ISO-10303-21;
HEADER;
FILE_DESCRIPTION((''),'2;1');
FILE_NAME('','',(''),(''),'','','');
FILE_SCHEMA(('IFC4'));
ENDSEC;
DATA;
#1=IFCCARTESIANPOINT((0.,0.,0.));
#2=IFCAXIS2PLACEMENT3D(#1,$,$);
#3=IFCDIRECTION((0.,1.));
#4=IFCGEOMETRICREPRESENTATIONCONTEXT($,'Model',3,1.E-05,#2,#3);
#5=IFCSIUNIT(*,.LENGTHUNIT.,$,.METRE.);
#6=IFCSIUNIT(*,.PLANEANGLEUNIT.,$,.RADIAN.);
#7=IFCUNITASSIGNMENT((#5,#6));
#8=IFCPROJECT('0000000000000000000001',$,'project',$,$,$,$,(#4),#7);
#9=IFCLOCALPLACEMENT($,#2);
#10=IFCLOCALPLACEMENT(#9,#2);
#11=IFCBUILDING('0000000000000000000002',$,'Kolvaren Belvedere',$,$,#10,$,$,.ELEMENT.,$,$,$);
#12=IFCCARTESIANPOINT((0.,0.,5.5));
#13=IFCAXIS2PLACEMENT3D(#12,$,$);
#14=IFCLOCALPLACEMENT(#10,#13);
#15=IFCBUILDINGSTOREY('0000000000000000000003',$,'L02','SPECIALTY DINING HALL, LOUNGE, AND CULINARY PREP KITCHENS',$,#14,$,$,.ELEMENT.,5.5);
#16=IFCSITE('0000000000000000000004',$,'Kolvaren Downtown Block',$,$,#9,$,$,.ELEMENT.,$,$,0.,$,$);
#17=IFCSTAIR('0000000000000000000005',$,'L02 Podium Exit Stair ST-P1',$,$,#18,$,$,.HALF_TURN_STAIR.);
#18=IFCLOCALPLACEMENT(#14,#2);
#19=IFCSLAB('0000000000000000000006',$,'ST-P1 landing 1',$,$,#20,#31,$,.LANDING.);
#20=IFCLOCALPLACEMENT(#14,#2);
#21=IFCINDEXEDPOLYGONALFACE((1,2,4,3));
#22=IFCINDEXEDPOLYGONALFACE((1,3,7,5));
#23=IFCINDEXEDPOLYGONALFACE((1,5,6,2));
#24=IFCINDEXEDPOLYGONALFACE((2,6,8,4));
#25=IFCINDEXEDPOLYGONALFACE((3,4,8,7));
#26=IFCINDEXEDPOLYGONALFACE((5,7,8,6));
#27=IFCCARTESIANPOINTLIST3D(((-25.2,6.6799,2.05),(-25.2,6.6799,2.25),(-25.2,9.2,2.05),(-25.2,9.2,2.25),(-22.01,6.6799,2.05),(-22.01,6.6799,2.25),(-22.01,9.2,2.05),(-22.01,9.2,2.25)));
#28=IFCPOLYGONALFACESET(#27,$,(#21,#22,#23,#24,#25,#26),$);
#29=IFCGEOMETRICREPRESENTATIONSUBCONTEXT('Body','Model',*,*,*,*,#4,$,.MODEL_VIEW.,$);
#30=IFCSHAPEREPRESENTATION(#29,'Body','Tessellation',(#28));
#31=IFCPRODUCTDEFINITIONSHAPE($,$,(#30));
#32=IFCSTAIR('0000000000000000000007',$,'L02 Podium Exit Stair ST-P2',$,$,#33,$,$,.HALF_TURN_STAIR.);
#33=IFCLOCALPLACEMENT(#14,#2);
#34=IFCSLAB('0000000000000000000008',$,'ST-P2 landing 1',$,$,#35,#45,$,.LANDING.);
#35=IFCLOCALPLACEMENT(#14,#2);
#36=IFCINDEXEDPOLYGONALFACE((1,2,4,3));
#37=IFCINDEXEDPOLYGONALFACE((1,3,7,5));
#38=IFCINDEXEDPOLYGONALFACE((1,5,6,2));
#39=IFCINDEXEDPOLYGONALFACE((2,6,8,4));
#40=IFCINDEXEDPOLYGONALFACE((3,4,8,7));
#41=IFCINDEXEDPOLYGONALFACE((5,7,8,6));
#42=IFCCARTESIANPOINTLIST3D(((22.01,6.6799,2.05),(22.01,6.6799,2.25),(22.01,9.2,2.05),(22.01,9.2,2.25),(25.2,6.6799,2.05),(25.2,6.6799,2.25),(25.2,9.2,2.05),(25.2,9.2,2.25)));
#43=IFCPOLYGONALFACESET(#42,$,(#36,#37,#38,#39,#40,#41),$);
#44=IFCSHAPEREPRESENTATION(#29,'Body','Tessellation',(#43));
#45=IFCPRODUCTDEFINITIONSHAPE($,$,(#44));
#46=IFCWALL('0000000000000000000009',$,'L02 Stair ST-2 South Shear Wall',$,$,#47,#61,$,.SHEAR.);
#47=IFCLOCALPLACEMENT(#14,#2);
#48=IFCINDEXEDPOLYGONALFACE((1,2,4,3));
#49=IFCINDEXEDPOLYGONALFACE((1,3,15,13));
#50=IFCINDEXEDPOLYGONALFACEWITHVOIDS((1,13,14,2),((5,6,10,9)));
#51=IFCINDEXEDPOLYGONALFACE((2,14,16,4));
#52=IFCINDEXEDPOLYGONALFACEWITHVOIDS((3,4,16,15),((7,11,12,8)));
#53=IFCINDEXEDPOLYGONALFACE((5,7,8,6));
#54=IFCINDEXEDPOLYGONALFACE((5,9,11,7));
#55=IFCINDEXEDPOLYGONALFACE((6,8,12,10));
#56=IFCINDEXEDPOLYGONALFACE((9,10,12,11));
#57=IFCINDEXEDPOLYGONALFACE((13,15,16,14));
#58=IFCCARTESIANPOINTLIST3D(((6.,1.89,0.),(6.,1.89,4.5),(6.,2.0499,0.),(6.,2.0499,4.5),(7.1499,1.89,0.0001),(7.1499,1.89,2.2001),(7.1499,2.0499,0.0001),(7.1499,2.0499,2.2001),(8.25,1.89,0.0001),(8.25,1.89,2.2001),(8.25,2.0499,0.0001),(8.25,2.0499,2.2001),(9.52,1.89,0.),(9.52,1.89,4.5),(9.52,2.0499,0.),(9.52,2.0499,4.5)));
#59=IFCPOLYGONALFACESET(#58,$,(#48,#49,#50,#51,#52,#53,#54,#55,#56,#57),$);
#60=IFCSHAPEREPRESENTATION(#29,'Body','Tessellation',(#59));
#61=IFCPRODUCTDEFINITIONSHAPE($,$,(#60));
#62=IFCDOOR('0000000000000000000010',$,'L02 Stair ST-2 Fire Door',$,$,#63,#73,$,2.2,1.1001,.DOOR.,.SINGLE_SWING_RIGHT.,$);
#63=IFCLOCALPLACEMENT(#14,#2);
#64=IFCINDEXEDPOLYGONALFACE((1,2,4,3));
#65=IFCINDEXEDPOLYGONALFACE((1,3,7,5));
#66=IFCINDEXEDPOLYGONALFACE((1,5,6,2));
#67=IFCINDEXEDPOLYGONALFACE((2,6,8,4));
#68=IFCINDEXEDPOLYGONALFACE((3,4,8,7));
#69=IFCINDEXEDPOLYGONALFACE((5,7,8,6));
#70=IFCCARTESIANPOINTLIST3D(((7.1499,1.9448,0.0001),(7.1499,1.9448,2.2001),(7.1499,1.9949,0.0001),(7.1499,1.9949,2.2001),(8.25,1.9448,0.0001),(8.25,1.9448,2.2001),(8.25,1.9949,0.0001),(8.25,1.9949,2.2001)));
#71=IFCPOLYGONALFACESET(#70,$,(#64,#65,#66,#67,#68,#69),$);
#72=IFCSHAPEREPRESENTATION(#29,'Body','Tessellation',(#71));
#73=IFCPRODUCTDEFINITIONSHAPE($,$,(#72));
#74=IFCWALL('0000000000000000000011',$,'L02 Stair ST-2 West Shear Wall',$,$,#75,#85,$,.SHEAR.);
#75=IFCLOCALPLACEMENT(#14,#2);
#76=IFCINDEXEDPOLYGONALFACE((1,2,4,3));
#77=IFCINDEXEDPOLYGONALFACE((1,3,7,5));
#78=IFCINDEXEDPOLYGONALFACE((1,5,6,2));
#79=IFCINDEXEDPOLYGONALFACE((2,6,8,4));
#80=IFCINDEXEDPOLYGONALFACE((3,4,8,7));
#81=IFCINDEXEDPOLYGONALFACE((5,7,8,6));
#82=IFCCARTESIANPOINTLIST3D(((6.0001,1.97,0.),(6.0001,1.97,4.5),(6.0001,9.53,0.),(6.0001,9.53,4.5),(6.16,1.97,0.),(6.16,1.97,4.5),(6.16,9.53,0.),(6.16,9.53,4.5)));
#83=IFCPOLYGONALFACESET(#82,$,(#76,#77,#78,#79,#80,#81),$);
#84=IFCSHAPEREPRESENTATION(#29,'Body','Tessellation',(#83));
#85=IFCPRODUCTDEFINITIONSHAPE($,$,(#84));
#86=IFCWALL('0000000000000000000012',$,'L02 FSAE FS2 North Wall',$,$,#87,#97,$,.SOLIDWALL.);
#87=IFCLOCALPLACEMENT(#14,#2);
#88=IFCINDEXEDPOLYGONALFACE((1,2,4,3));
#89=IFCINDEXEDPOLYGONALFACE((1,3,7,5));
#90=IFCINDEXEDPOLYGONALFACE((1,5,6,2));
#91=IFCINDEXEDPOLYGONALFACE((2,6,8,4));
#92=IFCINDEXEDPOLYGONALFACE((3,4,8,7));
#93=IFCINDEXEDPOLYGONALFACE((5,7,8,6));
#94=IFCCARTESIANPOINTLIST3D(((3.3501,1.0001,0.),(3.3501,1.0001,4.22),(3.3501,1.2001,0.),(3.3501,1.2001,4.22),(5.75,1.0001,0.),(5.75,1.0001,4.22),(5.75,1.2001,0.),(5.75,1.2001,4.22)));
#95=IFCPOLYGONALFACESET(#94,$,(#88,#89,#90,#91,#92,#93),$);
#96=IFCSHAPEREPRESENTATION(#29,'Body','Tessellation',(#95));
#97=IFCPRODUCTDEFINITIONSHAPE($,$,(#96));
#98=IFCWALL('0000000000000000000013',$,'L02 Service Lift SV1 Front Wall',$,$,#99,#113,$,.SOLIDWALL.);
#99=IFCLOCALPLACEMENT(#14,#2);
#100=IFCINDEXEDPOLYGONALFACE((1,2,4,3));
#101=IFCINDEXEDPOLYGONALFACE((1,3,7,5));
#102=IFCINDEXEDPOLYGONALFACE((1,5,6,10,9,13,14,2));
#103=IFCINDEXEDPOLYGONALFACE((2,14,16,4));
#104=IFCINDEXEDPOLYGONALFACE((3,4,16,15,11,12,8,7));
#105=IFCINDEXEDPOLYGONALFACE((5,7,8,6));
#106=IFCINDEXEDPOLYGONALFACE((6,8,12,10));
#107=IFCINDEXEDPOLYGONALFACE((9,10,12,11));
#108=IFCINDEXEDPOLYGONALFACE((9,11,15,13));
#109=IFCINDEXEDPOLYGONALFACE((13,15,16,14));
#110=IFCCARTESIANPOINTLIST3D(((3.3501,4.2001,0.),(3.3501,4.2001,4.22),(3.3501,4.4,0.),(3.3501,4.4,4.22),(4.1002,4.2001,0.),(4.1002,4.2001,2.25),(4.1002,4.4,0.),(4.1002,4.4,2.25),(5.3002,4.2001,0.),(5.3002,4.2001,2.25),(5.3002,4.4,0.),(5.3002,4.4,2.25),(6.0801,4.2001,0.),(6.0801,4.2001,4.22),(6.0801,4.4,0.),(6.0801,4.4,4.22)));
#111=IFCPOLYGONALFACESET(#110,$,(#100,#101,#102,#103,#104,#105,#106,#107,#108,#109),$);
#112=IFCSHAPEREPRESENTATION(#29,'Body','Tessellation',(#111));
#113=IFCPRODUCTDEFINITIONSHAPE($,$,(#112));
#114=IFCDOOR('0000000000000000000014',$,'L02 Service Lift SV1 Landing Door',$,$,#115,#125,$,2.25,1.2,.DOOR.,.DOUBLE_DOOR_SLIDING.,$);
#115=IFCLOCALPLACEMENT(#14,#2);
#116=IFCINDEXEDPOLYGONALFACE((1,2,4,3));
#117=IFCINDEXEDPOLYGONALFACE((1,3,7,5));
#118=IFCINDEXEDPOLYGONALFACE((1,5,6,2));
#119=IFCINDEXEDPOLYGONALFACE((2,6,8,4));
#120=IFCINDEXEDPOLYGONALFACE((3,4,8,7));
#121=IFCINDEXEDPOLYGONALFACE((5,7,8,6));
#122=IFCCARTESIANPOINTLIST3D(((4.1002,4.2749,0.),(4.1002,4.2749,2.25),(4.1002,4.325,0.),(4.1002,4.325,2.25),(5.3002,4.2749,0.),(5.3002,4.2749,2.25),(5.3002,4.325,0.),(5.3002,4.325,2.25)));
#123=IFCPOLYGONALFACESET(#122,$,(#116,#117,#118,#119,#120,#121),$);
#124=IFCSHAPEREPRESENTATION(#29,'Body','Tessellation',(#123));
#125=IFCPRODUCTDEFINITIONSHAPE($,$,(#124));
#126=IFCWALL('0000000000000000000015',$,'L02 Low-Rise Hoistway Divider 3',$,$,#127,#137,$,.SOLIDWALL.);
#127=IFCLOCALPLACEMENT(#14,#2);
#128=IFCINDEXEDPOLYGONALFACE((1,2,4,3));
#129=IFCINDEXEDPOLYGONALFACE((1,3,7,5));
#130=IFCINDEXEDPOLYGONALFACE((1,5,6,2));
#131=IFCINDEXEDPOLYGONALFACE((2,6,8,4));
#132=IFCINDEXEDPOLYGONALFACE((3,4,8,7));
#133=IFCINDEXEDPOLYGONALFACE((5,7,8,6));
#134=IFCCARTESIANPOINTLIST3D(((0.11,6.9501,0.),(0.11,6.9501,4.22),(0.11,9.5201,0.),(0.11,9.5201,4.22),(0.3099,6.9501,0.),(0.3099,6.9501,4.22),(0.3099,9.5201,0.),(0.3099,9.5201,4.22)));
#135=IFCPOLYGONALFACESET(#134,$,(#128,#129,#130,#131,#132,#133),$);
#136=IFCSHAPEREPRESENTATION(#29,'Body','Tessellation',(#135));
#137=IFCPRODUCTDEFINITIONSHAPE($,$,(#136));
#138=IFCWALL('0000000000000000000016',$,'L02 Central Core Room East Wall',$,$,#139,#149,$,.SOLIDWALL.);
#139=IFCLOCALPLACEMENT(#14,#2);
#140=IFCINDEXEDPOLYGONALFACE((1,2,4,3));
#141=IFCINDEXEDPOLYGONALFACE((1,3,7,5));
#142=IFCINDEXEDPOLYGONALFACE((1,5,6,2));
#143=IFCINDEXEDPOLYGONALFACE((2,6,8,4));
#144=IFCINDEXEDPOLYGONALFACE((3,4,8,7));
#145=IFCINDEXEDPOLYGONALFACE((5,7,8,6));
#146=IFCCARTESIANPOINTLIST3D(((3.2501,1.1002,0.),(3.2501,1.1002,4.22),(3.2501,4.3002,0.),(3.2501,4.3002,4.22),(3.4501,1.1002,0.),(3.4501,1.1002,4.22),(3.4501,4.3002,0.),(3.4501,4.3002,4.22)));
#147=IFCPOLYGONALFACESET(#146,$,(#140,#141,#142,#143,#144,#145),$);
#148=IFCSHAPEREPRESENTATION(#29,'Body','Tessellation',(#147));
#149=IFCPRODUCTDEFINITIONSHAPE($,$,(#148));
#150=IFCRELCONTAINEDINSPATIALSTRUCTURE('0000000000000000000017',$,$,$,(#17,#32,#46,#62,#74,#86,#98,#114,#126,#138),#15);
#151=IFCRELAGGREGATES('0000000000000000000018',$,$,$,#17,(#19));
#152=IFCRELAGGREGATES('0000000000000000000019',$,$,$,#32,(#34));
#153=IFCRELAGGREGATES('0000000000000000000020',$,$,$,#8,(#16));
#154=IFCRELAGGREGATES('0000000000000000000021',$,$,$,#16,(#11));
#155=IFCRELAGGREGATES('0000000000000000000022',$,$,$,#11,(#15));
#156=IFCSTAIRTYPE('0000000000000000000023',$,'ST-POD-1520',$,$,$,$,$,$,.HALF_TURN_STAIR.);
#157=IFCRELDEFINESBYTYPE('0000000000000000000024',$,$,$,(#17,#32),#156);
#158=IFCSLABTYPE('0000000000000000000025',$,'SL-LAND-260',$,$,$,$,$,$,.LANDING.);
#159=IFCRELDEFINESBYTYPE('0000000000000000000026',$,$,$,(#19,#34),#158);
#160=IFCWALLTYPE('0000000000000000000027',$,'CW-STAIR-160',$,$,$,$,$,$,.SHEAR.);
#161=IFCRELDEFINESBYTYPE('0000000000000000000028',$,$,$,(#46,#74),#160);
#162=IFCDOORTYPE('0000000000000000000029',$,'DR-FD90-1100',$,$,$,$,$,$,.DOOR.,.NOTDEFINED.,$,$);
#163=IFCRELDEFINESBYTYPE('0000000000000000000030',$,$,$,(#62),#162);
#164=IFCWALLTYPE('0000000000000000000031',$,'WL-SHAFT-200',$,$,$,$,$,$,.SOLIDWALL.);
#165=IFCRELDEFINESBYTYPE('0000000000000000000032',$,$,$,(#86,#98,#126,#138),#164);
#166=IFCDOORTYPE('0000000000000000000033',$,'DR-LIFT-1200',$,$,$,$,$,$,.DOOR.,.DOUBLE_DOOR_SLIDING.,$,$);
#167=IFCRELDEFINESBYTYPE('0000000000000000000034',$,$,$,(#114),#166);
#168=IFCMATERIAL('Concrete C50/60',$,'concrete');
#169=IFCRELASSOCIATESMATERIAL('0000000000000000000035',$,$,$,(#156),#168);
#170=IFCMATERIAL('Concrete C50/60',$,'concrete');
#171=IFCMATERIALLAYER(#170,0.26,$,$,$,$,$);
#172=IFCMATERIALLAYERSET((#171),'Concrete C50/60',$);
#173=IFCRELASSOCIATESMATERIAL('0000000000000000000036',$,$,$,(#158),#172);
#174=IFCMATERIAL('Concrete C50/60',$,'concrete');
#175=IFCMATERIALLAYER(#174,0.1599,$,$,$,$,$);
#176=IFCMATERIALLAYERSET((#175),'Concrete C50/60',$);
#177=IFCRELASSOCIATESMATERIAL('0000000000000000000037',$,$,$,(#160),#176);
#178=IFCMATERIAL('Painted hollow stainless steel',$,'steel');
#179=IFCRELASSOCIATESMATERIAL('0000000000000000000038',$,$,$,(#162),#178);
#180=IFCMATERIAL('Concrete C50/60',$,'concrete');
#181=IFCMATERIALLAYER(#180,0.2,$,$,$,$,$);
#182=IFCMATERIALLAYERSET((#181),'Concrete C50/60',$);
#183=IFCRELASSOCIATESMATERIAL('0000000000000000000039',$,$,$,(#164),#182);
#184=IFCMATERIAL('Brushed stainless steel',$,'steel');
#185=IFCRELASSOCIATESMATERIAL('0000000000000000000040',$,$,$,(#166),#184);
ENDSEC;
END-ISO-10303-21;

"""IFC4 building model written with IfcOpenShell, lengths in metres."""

from ifc_helpers import new_model, si_unit, direction, frame, frame_2d, origin, place, context, subcontext, project, spatial, polyline, rectangle, outline, extrude, material, layer, layer_set, type_object, element, fill, aggregate, save


model = new_model("IFC4")

# Units and contexts
model_context = context("Model", 3, precision=1e-05, world=origin(), true_north=direction((0.0, 1.0)))
body_context = subcontext(model_context, "Body", "Model", "MODEL_VIEW")
ifc_project = project(units=[si_unit("LENGTHUNIT", "METRE"), si_unit("PLANEANGLEUNIT", "RADIAN")], contexts=[model_context])

# Site, building, storey
site_placement = place(None, origin())
site = spatial("IfcSite", under=ifc_project, at=site_placement, Name="Kolvaren Downtown Block", CompositionType="ELEMENT", RefElevation=0.0)
building_placement = place(site_placement, origin())
building = spatial("IfcBuilding", under=site, at=building_placement, Name="Kolvaren Belvedere", CompositionType="ELEMENT")
storey_placement = place(building_placement, frame((0.0, 0.0, 5.5)))
storey = spatial("IfcBuildingStorey", under=building, at=storey_placement, Name="L02", Description="SPECIALTY DINING HALL, LOUNGE, AND CULINARY PREP KITCHENS", CompositionType="ELEMENT", Elevation=5.5)

# Stairs, slabs
ifc_material_1 = material(Name="Concrete C50/60", Category="concrete")
stair_type_1 = type_object("IfcStairType", Name="ST-POD-1520", PredefinedType="HALF_TURN_STAIR", material=ifc_material_1)
stair_1_placement = place(storey_placement, origin())
stair_1 = element("IfcStair", 1, at=stair_1_placement, inside=storey, type_object=stair_type_1, Name="L02 Podium Exit Stair ST-P1", PredefinedType="HALF_TURN_STAIR")
ifc_material_2 = material(Name="Concrete C50/60", Category="concrete")
ifc_layer_1 = layer(ifc_material_2, 0.26)
ifc_layer_set_1 = layer_set([ifc_layer_1], Name="Concrete C50/60")
slab_type = type_object("IfcSlabType", Name="SL-LAND-260", PredefinedType="LANDING", material=ifc_layer_set_1)
slab_1_placement = place(storey_placement, frame((0.0, 0.0, 2.05)))
slab_1 = element("IfcSlab", 2, at=slab_1_placement, type_object=slab_type, Name="ST-P1 landing 1", PredefinedType="LANDING", context=body_context, shape_type="SweptSolid", body=[
    extrude(outline(polyline([(-22.01, 6.6799), (-22.01, 9.2), (-25.2, 9.2), (-25.2, 6.6799), (-22.01, 6.6799)])), origin(), (0.0, 0.0, 1.0), 0.2),
])
aggregate(stair_1, [slab_1])
stair_2_placement = place(storey_placement, origin())
stair_2 = element("IfcStair", 3, at=stair_2_placement, inside=storey, type_object=stair_type_1, Name="L02 Podium Exit Stair ST-P2", PredefinedType="HALF_TURN_STAIR")
slab_2_placement = place(storey_placement, frame((0.0, 0.0, 2.05)))
slab_2 = element("IfcSlab", 4, at=slab_2_placement, type_object=slab_type, Name="ST-P2 landing 1", PredefinedType="LANDING", context=body_context, shape_type="SweptSolid", body=[
    extrude(outline(polyline([(25.2, 6.6799), (25.2, 9.2), (22.01, 9.2), (22.01, 6.6799), (25.2, 6.6799)])), origin(), (0.0, 0.0, 1.0), 0.2),
])
aggregate(stair_2, [slab_2])

# Wall, opening, door
ifc_material_3 = material(Name="Concrete C50/60", Category="concrete")
ifc_layer_2 = layer(ifc_material_3, 0.1599)
ifc_layer_set_2 = layer_set([ifc_layer_2], Name="Concrete C50/60")
wall_type_1 = type_object("IfcWallType", Name="CW-STAIR-160", PredefinedType="SHEAR", material=ifc_layer_set_2)
wall_1_placement = place(storey_placement, frame((6.0, 1.97, 0.0), z_axis=(0.0, 0.0, 1.0), x_axis=(1.0, 0.0, 0.0)))
wall_1 = element("IfcWall", 5, at=wall_1_placement, inside=storey, type_object=wall_type_1, Name="L02 Stair ST-2 South Shear Wall", PredefinedType="SHEAR", context=body_context, shape_type="SweptSolid", body=[
    extrude(rectangle(XDim=3.52, YDim=0.1599, at=frame_2d((1.76, 0.0))), origin(), (0.0, 0.0, 1.0), 4.5),
])
opening_1_placement = place(wall_1_placement, frame((1.1499, 0.0, 0.0)))
opening_1 = element("IfcOpeningElement", 6, at=opening_1_placement, cuts=wall_1, PredefinedType="OPENING", context=body_context, shape_type="SweptSolid", body=[
    extrude(rectangle(XDim=1.1001, YDim=2.2, at=frame_2d((0.55, 1.1001))), frame((0.0, 0.0898, 0.0), z_axis=(0.0, -1.0, 0.0), x_axis=(1.0, 0.0, 0.0)), (0.0, 0.0, 1.0), 0.1799),
])
ifc_material_4 = material(Name="Painted hollow stainless steel", Category="steel")
door_type_1 = type_object("IfcDoorType", Name="DR-FD90-1100", OperationType="NOTDEFINED", PredefinedType="DOOR", material=ifc_material_4)
door_1_placement = place(opening_1_placement, origin())
door_1 = element("IfcDoor", 7, at=door_1_placement, inside=storey, type_object=door_type_1, Name="L02 Stair ST-2 Fire Door", OperationType="SINGLE_SWING_RIGHT", OverallHeight=2.2, OverallWidth=1.1001, PredefinedType="DOOR", context=body_context, shape_type="SweptSolid", body=[
    extrude(rectangle(XDim=1.1001, YDim=2.2, at=frame_2d((0.55, 1.1001))), frame((0.0, 0.0249, 0.0), z_axis=(0.0, -1.0, 0.0), x_axis=(1.0, 0.0, 0.0)), (0.0, 0.0, 1.0), 0.05),
])
fill(opening_1, door_1)

# Walls
wall_2_placement = place(storey_placement, frame((6.0801, 1.97, 0.0), z_axis=(0.0, 0.0, 1.0), x_axis=(0.0, 1.0, 0.0)))
element("IfcWall", 8, at=wall_2_placement, inside=storey, type_object=wall_type_1, Name="L02 Stair ST-2 West Shear Wall", PredefinedType="SHEAR", context=body_context, shape_type="SweptSolid", body=[
    extrude(rectangle(XDim=7.5601, YDim=0.1599, at=frame_2d((3.78, 0.0))), origin(), (0.0, 0.0, 1.0), 4.5),
])
ifc_material_5 = material(Name="Concrete C50/60", Category="concrete")
ifc_layer_3 = layer(ifc_material_5, 0.2)
ifc_layer_set_3 = layer_set([ifc_layer_3], Name="Concrete C50/60")
wall_type_2 = type_object("IfcWallType", Name="WL-SHAFT-200", PredefinedType="SOLIDWALL", material=ifc_layer_set_3)
wall_3_placement = place(storey_placement, frame((3.3501, 1.1001, 0.0), z_axis=(0.0, 0.0, 1.0), x_axis=(1.0, 0.0, 0.0)))
element("IfcWall", 9, at=wall_3_placement, inside=storey, type_object=wall_type_2, Name="L02 FSAE FS2 North Wall", PredefinedType="SOLIDWALL", context=body_context, shape_type="SweptSolid", body=[
    extrude(rectangle(XDim=2.3999, YDim=0.2, at=frame_2d((1.2, 0.0))), origin(), (0.0, 0.0, 1.0), 4.22),
])

# Wall, opening, door
wall_4_placement = place(storey_placement, frame((3.3501, 4.3, 0.0), z_axis=(0.0, 0.0, 1.0), x_axis=(1.0, 0.0, 0.0)))
wall_4 = element("IfcWall", 10, at=wall_4_placement, inside=storey, type_object=wall_type_2, Name="L02 Service Lift SV1 Front Wall", PredefinedType="SOLIDWALL", context=body_context, shape_type="SweptSolid", body=[
    extrude(rectangle(XDim=2.73, YDim=0.2, at=frame_2d((1.365, 0.0))), origin(), (0.0, 0.0, 1.0), 4.22),
])
opening_2_placement = place(wall_4_placement, frame((0.75, 0.0, 0.0)))
opening_2 = element("IfcOpeningElement", 11, at=opening_2_placement, cuts=wall_4, PredefinedType="OPENING", context=body_context, shape_type="SweptSolid", body=[
    extrude(rectangle(XDim=1.2, YDim=2.25, at=frame_2d((0.6001, 1.125))), frame((0.0, 0.1099, 0.0), z_axis=(0.0, -1.0, 0.0), x_axis=(1.0, 0.0, 0.0)), (0.0, 0.0, 1.0), 0.22),
])
ifc_material_6 = material(Name="Brushed stainless steel", Category="steel")
door_type_2 = type_object("IfcDoorType", Name="DR-LIFT-1200", OperationType="DOUBLE_DOOR_SLIDING", PredefinedType="DOOR", material=ifc_material_6)
door_2_placement = place(opening_2_placement, origin())
door_2 = element("IfcDoor", 12, at=door_2_placement, inside=storey, type_object=door_type_2, Name="L02 Service Lift SV1 Landing Door", OperationType="DOUBLE_DOOR_SLIDING", OverallHeight=2.25, OverallWidth=1.2, PredefinedType="DOOR", context=body_context, shape_type="SweptSolid", body=[
    extrude(rectangle(XDim=1.2, YDim=2.25, at=frame_2d((0.6001, 1.125))), frame((0.0, 0.0249, 0.0), z_axis=(0.0, -1.0, 0.0), x_axis=(1.0, 0.0, 0.0)), (0.0, 0.0, 1.0), 0.05),
])
fill(opening_2, door_2)

# Walls
wall_5_placement = place(storey_placement, frame((0.21, 6.95, 0.0), z_axis=(0.0, 0.0, 1.0), x_axis=(0.0, 1.0, 0.0)))
element("IfcWall", 13, at=wall_5_placement, inside=storey, type_object=wall_type_2, Name="L02 Low-Rise Hoistway Divider 3", PredefinedType="SOLIDWALL", context=body_context, shape_type="SweptSolid", body=[
    extrude(rectangle(XDim=2.5701, YDim=0.2, at=frame_2d((1.2852, 0.0))), origin(), (0.0, 0.0, 1.0), 4.22),
])
wall_6_placement = place(storey_placement, frame((3.3501, 1.1001, 0.0), z_axis=(0.0, 0.0, 1.0), x_axis=(0.0, 1.0, 0.0)))
element("IfcWall", 14, at=wall_6_placement, inside=storey, type_object=wall_type_2, Name="L02 Central Core Room East Wall", PredefinedType="SOLIDWALL", context=body_context, shape_type="SweptSolid", body=[
    extrude(rectangle(XDim=3.2, YDim=0.2, at=frame_2d((1.6001, 0.0))), origin(), (0.0, 0.0, 1.0), 4.22),
])

save(model, "model.ifc")
